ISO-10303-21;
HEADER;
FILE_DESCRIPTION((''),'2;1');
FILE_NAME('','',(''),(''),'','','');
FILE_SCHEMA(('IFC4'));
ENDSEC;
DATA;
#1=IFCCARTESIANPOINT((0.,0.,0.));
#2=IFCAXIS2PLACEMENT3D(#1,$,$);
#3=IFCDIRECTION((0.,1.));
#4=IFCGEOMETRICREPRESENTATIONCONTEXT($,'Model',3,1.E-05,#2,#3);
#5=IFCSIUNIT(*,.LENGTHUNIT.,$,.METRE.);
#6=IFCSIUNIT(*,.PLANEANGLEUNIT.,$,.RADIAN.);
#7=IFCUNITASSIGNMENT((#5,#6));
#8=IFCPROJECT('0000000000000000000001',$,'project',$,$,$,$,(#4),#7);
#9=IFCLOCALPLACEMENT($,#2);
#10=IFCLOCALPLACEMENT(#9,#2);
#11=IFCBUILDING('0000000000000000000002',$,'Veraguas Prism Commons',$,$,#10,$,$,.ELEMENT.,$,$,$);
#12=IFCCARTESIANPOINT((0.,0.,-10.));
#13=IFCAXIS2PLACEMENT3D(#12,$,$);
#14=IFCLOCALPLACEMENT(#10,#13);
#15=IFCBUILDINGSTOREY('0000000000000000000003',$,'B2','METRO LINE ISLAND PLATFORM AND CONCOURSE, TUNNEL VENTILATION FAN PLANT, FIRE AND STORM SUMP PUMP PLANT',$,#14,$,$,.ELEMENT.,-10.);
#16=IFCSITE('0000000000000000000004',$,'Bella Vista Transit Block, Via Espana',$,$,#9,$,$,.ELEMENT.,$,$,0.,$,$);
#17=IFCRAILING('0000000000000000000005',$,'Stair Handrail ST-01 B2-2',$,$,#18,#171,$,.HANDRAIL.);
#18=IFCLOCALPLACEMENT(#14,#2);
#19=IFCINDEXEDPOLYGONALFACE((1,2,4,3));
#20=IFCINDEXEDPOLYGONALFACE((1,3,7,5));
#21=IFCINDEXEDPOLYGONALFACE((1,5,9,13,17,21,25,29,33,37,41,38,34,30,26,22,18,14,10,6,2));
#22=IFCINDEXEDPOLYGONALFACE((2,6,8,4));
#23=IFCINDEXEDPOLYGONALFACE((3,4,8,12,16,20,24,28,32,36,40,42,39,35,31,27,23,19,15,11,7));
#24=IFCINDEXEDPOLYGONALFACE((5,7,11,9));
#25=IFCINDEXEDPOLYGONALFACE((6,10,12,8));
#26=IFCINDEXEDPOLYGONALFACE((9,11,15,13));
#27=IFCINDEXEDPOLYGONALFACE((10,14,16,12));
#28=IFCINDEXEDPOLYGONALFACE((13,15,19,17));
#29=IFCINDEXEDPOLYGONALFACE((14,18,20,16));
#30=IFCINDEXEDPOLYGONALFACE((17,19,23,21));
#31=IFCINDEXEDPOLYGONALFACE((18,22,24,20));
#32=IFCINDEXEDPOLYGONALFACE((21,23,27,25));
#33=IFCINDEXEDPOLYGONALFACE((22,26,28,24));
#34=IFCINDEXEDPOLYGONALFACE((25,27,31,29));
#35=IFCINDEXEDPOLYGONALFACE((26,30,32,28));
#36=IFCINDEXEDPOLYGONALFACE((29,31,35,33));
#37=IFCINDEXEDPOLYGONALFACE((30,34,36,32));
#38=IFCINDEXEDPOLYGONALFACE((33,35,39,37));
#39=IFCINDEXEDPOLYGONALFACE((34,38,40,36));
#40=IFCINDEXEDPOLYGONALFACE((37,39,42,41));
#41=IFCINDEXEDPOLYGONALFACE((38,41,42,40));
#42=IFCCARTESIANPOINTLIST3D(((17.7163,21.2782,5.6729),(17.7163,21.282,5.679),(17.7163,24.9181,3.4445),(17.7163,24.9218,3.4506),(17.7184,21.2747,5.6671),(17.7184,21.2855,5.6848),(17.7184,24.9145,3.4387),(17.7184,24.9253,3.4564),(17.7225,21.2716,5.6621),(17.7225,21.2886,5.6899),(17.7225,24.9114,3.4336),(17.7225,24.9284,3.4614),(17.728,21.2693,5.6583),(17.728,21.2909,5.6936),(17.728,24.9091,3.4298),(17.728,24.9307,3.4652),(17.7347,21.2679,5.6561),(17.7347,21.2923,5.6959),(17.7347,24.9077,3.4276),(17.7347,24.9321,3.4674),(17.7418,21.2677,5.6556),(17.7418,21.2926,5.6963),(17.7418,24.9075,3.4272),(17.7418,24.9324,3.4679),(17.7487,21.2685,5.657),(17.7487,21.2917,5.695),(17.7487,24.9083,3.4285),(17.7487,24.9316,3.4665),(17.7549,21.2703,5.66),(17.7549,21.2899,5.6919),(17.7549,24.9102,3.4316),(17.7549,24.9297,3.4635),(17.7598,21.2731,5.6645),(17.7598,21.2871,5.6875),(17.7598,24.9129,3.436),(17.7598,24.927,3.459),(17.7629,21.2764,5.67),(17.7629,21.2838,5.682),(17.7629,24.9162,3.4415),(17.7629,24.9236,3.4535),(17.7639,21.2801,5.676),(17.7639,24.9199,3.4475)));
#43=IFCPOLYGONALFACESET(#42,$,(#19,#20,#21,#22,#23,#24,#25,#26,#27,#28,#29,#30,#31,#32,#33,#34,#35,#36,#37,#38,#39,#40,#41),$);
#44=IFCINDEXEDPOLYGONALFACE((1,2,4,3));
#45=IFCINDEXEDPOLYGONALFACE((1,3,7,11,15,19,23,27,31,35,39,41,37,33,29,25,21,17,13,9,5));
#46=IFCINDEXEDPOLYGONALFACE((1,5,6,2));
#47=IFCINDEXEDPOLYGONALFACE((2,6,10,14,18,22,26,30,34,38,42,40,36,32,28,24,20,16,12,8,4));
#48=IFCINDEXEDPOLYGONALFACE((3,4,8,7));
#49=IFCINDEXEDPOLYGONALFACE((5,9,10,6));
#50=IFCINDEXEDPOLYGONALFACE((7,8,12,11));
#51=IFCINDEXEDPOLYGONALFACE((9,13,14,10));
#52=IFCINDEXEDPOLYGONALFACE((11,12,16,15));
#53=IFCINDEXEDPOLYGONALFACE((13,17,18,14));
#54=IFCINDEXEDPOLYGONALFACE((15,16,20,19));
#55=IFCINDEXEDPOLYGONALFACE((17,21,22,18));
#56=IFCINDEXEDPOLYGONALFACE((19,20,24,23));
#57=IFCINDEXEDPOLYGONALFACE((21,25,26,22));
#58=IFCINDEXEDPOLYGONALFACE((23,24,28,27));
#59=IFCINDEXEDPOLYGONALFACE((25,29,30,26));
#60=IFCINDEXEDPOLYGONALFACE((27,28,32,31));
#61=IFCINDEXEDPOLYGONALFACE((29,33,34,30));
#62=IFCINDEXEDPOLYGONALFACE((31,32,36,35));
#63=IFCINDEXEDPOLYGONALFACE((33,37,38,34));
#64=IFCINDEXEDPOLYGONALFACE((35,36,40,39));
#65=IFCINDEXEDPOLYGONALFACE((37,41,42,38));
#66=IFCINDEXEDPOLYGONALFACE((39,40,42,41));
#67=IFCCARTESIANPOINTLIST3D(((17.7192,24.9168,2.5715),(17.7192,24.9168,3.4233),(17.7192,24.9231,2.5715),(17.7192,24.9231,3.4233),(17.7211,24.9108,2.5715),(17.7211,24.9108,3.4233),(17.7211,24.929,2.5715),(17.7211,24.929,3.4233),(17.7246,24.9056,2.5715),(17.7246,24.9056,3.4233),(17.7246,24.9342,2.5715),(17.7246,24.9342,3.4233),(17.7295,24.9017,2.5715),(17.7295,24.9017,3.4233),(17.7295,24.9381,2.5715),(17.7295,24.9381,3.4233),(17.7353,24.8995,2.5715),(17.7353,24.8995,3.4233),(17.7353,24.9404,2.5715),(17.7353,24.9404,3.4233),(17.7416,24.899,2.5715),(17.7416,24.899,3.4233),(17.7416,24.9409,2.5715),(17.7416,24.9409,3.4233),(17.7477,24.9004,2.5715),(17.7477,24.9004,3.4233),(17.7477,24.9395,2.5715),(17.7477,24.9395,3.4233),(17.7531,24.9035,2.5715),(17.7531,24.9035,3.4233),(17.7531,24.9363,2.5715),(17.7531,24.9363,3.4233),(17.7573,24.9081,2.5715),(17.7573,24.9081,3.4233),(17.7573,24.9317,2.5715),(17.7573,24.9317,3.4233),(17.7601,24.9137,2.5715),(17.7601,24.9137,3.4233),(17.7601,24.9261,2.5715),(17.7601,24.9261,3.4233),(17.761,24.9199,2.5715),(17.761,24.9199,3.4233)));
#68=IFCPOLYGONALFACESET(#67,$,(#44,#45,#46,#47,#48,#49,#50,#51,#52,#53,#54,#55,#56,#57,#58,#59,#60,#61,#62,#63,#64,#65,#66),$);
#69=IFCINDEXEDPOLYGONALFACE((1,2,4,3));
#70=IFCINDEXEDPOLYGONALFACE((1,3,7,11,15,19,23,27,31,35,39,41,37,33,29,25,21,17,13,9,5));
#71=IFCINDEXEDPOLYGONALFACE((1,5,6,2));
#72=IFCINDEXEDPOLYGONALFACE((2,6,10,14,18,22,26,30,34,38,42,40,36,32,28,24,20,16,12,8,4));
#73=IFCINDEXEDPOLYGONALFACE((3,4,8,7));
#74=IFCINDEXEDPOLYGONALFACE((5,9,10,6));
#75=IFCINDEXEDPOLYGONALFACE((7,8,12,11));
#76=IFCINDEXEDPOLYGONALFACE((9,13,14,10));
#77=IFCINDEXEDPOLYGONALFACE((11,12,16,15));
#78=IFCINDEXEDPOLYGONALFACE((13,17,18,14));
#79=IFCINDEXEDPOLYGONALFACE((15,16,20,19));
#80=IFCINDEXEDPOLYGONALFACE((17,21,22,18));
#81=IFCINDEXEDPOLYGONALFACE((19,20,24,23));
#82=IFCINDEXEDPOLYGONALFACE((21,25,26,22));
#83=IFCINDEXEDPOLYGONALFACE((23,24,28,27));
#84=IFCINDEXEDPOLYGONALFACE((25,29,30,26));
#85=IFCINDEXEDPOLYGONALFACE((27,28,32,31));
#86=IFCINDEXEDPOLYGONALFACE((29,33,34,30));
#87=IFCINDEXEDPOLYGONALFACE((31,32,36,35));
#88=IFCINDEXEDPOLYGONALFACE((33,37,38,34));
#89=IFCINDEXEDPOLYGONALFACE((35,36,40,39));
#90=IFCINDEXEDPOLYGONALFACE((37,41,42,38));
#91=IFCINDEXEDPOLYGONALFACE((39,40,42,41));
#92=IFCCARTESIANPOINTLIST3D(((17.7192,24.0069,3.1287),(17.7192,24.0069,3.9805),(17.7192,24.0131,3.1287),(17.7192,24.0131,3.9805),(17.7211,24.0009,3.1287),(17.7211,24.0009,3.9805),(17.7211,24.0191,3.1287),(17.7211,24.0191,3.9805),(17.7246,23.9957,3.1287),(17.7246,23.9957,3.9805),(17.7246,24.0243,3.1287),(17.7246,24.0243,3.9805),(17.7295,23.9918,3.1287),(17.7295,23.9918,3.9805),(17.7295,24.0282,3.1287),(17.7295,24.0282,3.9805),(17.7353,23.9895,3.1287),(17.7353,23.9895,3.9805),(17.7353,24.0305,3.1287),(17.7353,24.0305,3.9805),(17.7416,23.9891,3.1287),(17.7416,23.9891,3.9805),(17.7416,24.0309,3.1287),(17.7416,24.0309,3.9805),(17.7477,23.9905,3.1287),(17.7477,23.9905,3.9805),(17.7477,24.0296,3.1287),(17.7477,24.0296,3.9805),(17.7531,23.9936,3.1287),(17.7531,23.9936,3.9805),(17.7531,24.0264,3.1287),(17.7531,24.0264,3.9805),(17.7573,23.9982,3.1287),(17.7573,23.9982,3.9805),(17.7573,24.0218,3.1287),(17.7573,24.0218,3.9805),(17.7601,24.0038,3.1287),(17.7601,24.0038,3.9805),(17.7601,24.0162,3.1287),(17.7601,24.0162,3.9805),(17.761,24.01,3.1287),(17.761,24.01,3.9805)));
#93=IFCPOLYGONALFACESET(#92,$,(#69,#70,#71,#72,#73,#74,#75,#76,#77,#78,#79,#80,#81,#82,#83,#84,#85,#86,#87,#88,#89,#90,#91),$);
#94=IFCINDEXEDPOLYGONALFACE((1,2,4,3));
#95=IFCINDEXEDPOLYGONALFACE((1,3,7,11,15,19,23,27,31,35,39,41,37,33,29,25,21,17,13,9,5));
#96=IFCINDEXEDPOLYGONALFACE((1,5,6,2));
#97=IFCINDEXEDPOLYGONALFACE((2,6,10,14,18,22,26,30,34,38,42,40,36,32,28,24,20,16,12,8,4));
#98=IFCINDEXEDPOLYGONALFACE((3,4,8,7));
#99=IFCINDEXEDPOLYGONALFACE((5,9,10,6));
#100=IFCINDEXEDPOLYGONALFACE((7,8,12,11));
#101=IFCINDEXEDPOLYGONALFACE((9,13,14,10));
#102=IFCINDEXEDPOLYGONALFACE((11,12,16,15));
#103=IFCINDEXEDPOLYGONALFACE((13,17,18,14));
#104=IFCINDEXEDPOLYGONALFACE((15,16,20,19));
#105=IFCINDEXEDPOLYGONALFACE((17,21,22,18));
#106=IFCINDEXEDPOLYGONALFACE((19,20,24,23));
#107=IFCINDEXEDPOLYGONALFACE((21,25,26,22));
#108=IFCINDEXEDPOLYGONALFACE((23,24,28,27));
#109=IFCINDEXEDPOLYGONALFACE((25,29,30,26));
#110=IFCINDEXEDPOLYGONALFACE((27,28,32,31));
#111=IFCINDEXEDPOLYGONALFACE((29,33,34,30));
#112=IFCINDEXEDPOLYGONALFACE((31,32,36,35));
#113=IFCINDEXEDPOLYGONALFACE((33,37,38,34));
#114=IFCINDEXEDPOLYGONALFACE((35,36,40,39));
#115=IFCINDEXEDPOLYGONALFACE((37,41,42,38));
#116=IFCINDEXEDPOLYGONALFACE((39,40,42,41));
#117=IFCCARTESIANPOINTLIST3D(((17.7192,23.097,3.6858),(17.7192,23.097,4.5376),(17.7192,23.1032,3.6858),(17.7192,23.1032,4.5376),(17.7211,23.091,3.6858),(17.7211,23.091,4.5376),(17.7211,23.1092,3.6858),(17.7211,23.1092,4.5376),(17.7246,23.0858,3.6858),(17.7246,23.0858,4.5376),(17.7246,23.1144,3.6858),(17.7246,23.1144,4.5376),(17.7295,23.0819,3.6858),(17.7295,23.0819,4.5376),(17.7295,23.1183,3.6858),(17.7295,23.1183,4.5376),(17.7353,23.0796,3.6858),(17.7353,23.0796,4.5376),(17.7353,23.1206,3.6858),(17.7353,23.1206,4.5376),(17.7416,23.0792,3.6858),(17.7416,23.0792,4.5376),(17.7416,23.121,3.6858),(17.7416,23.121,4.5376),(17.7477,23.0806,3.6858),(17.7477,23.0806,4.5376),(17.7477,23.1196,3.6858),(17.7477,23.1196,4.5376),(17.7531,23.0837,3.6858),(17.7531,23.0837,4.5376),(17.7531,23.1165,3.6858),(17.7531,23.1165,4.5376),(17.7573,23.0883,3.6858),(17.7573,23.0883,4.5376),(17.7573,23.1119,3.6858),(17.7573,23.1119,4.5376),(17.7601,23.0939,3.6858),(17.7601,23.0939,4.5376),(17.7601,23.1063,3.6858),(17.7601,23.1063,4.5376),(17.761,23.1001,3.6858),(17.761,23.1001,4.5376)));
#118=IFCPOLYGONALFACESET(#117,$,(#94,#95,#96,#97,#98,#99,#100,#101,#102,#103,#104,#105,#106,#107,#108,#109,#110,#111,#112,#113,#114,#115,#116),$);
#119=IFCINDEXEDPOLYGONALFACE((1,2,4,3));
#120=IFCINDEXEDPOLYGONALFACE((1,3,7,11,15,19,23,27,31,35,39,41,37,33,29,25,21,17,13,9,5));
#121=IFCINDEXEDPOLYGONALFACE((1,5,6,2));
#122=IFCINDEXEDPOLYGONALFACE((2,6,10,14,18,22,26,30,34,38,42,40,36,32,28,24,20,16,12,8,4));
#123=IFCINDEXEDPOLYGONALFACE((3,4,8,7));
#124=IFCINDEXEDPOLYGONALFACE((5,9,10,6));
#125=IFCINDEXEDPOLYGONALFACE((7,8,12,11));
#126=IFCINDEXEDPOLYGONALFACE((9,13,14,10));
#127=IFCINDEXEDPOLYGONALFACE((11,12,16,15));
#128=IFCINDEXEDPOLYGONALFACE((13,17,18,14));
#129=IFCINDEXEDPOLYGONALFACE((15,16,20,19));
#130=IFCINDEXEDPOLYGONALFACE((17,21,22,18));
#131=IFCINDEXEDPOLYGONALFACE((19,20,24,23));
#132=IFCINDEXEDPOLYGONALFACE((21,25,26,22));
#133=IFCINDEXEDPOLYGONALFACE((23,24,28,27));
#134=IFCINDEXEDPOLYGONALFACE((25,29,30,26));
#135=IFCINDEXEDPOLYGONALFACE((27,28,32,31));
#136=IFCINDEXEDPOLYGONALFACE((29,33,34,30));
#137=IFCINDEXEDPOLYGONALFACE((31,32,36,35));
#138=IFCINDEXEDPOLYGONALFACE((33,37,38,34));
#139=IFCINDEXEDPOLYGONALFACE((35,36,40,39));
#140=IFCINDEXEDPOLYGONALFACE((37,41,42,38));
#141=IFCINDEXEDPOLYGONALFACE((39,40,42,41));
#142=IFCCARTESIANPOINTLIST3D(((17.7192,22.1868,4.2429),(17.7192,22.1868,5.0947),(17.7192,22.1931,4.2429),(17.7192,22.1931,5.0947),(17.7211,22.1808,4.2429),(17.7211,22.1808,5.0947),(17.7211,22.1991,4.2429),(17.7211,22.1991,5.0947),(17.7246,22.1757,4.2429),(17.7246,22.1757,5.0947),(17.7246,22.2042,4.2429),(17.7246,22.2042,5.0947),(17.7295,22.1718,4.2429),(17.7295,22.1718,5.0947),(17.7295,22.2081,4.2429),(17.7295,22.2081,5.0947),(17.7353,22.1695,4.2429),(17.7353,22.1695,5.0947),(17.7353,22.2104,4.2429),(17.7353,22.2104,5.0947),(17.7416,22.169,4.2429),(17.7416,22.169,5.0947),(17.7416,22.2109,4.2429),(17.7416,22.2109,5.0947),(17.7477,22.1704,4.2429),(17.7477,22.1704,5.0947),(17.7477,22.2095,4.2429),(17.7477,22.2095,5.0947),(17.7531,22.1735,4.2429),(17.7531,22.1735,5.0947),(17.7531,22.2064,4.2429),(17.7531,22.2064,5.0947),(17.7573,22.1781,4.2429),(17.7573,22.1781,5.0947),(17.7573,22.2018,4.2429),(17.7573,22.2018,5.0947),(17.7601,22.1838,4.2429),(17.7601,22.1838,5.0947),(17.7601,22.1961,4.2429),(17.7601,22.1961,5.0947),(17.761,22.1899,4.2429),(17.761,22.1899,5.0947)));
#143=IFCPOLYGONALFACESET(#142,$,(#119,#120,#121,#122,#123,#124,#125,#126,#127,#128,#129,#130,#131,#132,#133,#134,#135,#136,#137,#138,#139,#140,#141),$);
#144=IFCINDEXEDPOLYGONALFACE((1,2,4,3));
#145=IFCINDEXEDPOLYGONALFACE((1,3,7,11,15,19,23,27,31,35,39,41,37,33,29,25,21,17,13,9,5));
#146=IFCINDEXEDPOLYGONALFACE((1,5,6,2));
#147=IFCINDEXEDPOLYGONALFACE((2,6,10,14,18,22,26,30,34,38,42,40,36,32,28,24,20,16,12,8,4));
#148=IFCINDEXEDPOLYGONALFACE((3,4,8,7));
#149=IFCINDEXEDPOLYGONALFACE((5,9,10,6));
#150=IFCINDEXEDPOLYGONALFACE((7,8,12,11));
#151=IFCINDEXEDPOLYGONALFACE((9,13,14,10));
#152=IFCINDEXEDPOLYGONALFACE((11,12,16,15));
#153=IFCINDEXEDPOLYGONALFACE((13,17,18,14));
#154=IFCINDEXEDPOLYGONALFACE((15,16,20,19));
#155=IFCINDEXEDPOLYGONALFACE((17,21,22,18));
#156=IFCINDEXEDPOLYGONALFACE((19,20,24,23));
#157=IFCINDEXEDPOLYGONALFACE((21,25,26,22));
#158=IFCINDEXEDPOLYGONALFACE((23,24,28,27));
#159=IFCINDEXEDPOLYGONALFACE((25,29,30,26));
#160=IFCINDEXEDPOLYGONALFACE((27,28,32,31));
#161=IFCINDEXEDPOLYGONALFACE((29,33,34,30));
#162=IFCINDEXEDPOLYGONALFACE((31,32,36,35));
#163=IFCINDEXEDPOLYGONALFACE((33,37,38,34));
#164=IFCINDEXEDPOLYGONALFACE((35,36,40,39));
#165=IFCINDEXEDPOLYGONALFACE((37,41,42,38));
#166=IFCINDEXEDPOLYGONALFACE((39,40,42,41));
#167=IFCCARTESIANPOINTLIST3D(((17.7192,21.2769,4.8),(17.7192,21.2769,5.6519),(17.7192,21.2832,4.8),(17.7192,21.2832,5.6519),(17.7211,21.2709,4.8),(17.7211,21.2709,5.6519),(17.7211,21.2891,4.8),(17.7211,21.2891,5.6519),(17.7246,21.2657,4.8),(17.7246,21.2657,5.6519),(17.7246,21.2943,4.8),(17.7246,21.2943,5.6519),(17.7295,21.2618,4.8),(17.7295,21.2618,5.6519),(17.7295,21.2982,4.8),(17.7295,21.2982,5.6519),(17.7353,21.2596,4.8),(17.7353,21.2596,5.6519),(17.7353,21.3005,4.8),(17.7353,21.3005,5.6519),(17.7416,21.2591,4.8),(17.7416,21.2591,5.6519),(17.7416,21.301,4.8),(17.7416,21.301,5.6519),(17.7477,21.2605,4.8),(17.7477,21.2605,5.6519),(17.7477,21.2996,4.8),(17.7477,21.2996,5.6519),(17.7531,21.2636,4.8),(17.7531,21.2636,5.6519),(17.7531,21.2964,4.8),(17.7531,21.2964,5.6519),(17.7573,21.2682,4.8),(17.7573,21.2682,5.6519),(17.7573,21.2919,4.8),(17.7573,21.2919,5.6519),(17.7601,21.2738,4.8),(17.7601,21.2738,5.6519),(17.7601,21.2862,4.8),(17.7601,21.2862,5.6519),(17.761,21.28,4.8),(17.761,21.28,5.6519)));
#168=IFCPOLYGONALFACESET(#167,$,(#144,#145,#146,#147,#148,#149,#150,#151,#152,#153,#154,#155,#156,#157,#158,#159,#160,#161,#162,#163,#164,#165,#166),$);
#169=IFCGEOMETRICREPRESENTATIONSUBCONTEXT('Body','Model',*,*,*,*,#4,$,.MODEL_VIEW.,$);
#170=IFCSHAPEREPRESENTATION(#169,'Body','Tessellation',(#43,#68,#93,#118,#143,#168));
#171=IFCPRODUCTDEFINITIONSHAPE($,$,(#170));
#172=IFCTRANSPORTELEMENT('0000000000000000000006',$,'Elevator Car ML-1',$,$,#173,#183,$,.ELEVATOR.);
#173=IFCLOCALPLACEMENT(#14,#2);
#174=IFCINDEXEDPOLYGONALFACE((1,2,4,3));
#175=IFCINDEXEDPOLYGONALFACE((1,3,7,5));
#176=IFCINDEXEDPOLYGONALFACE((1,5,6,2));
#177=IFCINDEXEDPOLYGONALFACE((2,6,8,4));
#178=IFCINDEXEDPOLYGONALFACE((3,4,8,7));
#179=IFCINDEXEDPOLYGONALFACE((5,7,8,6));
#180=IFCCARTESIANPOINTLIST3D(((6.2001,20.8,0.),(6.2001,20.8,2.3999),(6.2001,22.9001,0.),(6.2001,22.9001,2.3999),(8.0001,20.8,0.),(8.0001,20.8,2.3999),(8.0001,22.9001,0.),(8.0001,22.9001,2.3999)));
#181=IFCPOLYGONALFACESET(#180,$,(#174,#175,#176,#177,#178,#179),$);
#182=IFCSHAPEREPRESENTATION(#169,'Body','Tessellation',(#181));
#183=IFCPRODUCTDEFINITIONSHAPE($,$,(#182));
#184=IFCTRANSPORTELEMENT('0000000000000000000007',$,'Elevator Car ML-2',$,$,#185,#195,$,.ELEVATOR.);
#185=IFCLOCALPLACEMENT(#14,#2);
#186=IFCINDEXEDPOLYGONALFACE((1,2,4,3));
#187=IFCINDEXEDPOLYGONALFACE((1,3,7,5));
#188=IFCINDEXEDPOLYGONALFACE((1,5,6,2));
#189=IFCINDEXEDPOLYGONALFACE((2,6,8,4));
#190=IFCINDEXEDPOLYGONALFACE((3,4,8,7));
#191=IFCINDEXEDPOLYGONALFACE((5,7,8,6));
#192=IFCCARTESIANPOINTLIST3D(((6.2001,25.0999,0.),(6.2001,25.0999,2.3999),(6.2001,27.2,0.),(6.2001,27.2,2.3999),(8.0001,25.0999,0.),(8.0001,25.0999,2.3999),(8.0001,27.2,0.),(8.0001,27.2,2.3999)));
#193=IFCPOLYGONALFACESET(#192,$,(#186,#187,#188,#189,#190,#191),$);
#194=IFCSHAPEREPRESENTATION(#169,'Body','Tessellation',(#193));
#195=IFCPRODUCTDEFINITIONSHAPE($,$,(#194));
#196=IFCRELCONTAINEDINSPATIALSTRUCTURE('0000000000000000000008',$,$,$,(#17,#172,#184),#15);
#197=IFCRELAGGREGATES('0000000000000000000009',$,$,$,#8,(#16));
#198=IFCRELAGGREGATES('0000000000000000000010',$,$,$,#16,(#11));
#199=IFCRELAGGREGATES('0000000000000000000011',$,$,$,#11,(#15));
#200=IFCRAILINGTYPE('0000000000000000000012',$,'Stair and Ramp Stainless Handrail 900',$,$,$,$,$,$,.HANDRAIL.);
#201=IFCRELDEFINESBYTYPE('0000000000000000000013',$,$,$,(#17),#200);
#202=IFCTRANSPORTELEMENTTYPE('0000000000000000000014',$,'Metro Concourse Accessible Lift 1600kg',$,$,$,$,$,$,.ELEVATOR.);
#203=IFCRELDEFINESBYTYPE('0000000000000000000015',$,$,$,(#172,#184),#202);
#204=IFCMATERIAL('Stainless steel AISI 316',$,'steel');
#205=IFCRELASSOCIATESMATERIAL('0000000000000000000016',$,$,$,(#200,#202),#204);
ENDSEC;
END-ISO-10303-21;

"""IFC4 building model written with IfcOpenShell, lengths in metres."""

from ifc_helpers import new_model, si_unit, direction, frame, origin, origin_2d, place, context, subcontext, project, spatial, rectangle, circle, extrude, source, transform, mapped, material, type_object, element, save


model = new_model("IFC4")

# Units and contexts
model_context = context("Model", 3, precision=1e-05, world=origin(), true_north=direction((0.0, 1.0)))
body_context = subcontext(model_context, "Body", "Model", "MODEL_VIEW")
ifc_project = project(units=[si_unit("LENGTHUNIT", "METRE"), si_unit("PLANEANGLEUNIT", "RADIAN")], contexts=[model_context])

# Site, building, storey
site_placement = place(None, origin())
site = spatial("IfcSite", under=ifc_project, at=site_placement, Name="Bella Vista Transit Block, Via Espana", CompositionType="ELEMENT", RefElevation=0.0)
building_placement = place(site_placement, origin())
building = spatial("IfcBuilding", under=site, at=building_placement, Name="Veraguas Prism Commons", CompositionType="ELEMENT")
storey_placement = place(building_placement, frame((0.0, 0.0, -10.0)))
storey = spatial("IfcBuildingStorey", under=building, at=storey_placement, Name="B2", Description="METRO LINE ISLAND PLATFORM AND CONCOURSE, TUNNEL VENTILATION FAN PLANT, FIRE AND STORM SUMP PUMP PLANT", CompositionType="ELEMENT", Elevation=-10.0)

# Railing
ifc_material_1 = material(Name="Stainless steel AISI 316", Category="steel")
railing_type = type_object("IfcRailingType", Name="Stair and Ramp Stainless Handrail 900", PredefinedType="HANDRAIL", material=ifc_material_1)
railing_placement = place(storey_placement, frame((17.74, 24.9199, 2.5715)))
element("IfcRailing", 1, at=railing_placement, inside=storey, type_object=railing_type, Name="Stair Handrail ST-01 B2-2", PredefinedType="HANDRAIL", context=body_context, shape_type="SweptSolid", body=[
    extrude(circle(Radius=0.0239, at=origin_2d()), frame((0.0, 0.0, 0.876), z_axis=(0.0, -0.85285, 0.522156), x_axis=(1.0, 0.0, 0.0)), (0.0, 0.0, 1.0), 4.2678),
    extrude(circle(Radius=0.021, at=origin_2d()), origin(), (0.0, 0.0, 1.0), 0.8518),
    extrude(circle(Radius=0.021, at=origin_2d()), frame((0.0, -0.9099, 0.5571)), (0.0, 0.0, 1.0), 0.8518),
    extrude(circle(Radius=0.021, at=origin_2d()), frame((0.0, -1.8198, 1.1143)), (0.0, 0.0, 1.0), 0.8518),
    extrude(circle(Radius=0.021, at=origin_2d()), frame((0.0, -2.73, 1.6714)), (0.0, 0.0, 1.0), 0.8518),
    extrude(circle(Radius=0.021, at=origin_2d()), frame((0.0, -3.6399, 2.2285)), (0.0, 0.0, 1.0), 0.8518),
])

# Transport elements
transport_element_type = type_object("IfcTransportElementType", Name="Metro Concourse Accessible Lift 1600kg", PredefinedType="ELEVATOR", material=ifc_material_1)
shared_shape_1 = source(origin(), body_context, "Body", "SweptSolid", [
    extrude(rectangle(XDim=1.8, YDim=2.1001, at=origin_2d()), origin(), (0.0, 0.0, 1.0), 2.3999),
])
for number, where, z_axis, x_axis, name in (
    (2, (7.1001, 21.8501, 0.0), (0.0, 0.0, 1.0), (1.0, 0.0, 0.0), "Elevator Car ML-1"),
    (3, (7.1001, 26.1499, 0.0), (0.0, 0.0, 1.0), (1.0, 0.0, 0.0), "Elevator Car ML-2"),
):
    element("IfcTransportElement", number, at=place(storey_placement, frame(where, z_axis=z_axis, x_axis=x_axis)), inside=storey, type_object=transport_element_type, Name=name, PredefinedType="ELEVATOR", context=body_context, shape_type="MappedRepresentation", body=[
        mapped(shared_shape_1, transform((0.0, 0.0, 0.0), scale=1.0)),
    ])

save(model, "model.ifc")
